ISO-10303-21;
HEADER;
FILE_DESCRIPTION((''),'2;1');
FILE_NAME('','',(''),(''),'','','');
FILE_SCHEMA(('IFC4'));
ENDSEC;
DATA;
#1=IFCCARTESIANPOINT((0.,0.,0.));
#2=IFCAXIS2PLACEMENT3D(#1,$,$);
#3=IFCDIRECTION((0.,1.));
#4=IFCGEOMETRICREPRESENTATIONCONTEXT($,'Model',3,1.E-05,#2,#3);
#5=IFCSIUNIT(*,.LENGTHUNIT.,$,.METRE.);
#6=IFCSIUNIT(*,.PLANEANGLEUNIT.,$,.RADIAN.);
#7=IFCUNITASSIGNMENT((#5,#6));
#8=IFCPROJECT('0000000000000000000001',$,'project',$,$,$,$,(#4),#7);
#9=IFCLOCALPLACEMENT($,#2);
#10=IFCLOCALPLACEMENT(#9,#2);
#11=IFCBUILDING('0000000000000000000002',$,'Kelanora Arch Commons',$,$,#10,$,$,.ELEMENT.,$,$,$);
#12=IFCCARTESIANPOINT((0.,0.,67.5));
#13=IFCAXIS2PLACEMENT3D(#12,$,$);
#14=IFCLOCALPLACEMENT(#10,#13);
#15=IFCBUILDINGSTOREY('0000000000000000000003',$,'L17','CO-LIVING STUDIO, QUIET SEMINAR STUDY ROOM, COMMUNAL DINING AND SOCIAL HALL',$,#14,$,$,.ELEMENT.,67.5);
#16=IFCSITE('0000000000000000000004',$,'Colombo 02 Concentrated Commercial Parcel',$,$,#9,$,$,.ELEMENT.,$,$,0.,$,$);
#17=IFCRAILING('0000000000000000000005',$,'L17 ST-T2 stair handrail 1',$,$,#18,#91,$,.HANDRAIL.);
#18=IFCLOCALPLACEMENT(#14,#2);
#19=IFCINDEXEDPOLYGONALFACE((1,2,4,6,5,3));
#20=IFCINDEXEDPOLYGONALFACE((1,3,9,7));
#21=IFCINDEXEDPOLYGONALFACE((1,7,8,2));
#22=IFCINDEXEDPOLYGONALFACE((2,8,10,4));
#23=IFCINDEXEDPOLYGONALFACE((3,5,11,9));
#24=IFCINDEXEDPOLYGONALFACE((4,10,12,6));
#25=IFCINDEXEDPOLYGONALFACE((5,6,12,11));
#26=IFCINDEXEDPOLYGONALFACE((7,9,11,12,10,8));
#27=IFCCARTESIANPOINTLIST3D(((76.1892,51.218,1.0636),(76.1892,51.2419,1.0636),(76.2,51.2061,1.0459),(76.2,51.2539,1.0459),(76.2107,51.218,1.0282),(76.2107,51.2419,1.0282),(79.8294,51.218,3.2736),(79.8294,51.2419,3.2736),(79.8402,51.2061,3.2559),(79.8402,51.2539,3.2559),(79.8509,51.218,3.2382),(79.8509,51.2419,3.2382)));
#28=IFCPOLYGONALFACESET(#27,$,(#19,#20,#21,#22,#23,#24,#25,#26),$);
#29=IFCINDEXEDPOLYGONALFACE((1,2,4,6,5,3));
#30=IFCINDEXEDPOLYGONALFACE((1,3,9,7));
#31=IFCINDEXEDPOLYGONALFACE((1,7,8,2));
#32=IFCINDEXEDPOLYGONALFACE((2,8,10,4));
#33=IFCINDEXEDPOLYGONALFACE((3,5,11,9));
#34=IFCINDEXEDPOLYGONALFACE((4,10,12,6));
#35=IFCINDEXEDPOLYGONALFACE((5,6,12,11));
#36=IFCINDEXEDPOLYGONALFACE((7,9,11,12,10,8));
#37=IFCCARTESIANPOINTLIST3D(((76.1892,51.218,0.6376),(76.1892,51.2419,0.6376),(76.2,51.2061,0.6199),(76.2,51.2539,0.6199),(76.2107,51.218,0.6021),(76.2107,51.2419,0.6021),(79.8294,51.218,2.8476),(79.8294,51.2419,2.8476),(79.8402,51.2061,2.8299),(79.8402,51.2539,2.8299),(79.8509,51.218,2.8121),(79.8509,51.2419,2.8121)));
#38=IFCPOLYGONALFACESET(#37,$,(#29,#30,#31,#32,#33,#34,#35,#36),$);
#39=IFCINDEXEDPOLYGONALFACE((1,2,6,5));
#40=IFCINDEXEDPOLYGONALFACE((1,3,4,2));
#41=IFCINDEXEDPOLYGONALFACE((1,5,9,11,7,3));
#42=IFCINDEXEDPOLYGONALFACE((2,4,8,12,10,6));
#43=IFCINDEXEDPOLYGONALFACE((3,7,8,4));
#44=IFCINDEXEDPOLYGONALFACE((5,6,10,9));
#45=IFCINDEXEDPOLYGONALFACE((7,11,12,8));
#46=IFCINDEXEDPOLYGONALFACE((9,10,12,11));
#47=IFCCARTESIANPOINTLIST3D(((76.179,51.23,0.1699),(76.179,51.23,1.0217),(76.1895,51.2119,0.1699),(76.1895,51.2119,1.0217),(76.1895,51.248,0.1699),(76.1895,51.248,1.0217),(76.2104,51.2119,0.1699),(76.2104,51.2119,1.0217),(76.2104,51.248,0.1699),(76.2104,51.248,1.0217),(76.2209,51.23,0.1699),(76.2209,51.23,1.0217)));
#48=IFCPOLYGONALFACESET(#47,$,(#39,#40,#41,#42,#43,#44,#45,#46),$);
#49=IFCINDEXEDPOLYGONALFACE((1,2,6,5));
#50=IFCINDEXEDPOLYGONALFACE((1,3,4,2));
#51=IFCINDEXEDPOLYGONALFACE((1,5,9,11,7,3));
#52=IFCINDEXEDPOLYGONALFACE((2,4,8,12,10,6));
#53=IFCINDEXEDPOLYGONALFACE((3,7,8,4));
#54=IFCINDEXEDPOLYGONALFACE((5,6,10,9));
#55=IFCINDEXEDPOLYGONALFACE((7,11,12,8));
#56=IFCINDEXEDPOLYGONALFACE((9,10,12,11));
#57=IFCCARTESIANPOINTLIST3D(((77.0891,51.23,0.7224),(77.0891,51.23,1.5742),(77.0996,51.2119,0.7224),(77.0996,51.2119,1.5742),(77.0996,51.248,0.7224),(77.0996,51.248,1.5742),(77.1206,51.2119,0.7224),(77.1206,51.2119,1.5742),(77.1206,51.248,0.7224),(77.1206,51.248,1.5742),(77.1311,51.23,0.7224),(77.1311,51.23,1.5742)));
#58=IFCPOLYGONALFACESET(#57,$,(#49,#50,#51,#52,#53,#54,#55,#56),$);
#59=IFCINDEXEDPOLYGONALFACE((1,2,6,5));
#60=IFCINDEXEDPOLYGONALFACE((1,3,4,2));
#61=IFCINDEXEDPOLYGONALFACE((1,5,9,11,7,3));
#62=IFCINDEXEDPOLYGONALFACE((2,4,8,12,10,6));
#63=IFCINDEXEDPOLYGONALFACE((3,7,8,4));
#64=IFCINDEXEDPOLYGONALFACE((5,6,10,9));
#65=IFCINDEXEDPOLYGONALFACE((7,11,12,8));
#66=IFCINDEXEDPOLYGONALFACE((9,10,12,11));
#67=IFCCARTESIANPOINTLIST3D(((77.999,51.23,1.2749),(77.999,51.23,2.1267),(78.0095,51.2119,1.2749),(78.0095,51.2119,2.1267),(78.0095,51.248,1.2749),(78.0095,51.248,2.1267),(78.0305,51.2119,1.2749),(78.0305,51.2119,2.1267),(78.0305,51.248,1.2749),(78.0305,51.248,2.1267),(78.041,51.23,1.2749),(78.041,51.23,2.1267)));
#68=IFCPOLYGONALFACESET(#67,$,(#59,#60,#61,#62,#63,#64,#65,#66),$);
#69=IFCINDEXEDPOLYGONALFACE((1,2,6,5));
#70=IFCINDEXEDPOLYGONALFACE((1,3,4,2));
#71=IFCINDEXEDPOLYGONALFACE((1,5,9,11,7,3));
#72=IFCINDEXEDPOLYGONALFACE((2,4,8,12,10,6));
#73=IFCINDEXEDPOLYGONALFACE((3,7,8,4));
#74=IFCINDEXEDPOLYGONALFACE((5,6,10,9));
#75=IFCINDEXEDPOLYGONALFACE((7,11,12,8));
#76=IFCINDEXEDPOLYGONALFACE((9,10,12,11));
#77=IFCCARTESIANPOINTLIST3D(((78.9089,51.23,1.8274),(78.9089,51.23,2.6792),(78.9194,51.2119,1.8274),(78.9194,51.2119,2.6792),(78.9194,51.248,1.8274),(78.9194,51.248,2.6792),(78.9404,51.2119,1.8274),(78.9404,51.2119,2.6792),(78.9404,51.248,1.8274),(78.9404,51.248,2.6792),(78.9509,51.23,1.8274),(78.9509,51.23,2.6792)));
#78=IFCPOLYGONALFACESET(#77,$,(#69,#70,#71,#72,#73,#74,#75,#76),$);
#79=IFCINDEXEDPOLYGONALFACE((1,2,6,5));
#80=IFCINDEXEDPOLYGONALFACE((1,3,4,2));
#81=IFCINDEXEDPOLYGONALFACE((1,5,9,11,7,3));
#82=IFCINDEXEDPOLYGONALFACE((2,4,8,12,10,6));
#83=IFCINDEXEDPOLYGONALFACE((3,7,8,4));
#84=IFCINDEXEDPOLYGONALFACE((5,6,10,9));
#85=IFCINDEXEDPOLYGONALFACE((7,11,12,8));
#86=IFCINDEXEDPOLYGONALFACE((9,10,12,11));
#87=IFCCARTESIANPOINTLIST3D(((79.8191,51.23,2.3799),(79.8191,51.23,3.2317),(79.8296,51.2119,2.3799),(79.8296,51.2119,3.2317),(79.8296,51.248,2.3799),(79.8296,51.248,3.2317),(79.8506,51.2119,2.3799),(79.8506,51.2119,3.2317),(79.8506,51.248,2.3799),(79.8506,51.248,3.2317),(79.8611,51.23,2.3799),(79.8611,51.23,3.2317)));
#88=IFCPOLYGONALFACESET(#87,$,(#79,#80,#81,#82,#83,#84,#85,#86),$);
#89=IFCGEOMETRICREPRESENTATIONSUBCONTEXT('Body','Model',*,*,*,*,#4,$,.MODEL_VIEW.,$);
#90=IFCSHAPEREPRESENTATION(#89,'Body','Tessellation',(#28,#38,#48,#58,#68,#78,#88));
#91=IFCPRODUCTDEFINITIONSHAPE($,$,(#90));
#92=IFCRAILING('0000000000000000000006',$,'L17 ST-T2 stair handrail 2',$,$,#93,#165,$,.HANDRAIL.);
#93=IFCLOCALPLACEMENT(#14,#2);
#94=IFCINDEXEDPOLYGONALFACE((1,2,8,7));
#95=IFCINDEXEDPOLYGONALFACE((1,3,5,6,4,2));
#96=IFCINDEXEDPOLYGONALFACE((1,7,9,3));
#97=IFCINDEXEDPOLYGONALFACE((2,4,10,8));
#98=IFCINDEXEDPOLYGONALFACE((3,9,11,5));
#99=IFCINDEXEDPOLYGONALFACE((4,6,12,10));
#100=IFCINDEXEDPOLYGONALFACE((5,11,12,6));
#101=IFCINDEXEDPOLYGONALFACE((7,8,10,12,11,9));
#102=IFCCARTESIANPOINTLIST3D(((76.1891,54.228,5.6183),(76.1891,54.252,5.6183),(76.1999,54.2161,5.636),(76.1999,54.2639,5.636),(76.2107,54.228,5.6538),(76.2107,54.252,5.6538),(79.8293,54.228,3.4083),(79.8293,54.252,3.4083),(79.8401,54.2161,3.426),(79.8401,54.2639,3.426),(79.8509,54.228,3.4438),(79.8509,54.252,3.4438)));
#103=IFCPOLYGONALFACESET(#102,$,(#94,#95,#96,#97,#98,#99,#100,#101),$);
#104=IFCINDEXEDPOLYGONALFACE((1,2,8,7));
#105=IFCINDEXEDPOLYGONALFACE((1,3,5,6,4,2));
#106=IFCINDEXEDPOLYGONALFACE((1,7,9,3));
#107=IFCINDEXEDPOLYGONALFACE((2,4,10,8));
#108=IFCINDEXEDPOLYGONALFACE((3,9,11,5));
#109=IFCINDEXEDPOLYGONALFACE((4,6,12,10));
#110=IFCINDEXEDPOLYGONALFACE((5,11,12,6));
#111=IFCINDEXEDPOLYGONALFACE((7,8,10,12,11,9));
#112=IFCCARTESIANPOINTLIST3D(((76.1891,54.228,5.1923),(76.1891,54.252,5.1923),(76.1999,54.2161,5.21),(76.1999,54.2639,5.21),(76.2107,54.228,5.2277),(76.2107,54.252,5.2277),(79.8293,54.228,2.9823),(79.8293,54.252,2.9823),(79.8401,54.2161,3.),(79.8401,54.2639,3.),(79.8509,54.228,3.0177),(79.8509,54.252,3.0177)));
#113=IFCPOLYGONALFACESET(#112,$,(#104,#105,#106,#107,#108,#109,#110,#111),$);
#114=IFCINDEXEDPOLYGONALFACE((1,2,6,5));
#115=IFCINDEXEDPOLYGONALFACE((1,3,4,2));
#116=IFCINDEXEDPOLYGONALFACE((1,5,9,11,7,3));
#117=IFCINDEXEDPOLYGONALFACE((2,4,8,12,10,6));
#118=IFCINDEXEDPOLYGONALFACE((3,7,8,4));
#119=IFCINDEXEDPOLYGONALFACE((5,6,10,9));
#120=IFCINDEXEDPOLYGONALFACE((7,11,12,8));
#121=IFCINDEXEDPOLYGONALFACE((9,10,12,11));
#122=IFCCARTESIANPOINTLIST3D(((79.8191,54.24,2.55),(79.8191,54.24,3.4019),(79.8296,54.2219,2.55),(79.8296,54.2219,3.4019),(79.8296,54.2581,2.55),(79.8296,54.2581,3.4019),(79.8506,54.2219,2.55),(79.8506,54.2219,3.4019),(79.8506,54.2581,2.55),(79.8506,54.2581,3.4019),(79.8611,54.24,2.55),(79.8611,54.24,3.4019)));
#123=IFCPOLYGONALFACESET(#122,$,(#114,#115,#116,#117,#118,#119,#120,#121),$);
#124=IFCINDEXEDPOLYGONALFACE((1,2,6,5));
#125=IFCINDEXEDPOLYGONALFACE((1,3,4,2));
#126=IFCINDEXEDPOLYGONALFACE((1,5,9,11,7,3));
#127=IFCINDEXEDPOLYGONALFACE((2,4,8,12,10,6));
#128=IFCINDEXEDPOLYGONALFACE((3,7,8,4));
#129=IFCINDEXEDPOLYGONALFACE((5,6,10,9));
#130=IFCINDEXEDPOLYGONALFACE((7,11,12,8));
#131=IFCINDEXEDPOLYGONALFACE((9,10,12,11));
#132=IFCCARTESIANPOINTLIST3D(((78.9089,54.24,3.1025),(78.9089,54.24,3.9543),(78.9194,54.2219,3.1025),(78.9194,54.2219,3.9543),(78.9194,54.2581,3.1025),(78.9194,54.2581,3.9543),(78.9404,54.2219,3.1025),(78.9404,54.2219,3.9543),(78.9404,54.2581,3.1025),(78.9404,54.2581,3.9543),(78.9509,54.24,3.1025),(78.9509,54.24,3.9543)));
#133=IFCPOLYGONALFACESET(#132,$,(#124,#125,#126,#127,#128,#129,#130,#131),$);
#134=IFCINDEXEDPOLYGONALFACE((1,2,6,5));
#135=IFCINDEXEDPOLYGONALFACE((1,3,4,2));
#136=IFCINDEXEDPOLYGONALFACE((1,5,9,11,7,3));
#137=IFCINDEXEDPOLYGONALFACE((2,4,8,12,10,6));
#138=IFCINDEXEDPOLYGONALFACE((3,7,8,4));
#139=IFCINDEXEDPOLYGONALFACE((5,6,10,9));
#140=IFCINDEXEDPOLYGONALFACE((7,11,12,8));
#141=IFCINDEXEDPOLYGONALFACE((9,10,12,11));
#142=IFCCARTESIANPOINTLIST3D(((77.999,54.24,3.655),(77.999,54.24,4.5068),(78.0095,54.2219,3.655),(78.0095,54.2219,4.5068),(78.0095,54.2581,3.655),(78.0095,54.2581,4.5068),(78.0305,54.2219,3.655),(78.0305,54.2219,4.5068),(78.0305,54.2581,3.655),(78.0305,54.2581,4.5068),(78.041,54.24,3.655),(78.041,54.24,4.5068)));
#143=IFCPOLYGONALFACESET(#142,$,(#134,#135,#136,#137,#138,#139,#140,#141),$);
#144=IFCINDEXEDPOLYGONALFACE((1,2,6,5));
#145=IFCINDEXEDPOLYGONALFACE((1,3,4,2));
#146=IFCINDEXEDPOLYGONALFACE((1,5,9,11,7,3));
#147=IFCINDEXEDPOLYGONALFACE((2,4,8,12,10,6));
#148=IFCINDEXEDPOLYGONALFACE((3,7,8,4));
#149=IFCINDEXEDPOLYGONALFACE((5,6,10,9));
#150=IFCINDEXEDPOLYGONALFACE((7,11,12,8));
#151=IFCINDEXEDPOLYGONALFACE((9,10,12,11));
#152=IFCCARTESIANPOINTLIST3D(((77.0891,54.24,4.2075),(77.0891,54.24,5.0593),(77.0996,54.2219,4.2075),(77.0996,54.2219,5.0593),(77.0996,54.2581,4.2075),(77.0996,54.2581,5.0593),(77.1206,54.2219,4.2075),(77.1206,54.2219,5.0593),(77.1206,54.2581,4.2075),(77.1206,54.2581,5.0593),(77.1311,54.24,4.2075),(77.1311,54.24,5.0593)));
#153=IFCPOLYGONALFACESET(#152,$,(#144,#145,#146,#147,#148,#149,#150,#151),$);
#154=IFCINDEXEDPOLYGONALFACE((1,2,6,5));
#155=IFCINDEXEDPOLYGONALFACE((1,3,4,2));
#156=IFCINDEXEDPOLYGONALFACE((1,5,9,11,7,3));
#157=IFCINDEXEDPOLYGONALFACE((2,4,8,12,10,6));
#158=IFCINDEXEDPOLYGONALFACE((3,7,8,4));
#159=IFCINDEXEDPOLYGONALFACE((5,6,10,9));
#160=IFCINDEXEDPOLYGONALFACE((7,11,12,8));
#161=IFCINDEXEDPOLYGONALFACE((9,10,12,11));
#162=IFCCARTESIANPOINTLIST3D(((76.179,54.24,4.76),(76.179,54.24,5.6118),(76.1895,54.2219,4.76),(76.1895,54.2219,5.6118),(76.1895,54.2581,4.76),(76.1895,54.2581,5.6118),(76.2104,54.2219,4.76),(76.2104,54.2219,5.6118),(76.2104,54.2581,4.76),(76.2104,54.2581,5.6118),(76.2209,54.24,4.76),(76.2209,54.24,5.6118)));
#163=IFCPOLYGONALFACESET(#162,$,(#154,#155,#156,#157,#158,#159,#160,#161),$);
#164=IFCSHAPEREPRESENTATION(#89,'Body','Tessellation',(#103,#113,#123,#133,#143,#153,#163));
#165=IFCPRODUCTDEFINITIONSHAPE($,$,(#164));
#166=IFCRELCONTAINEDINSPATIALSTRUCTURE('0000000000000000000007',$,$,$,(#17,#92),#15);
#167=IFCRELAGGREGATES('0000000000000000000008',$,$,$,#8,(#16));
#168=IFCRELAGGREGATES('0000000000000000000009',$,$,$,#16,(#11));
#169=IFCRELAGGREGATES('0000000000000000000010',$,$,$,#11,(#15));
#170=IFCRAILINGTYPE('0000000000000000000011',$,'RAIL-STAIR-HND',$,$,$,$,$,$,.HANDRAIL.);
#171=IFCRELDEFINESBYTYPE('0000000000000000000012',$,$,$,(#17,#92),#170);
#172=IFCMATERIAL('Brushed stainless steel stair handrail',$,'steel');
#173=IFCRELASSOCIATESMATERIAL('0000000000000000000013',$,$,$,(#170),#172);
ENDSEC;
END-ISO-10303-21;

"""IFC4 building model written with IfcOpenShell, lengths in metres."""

from ifc_helpers import new_model, si_unit, direction, frame, origin, place, context, subcontext, project, spatial, polyline, outline, extrude, material, type_object, element, save


model = new_model("IFC4")

# Units and contexts
model_context = context("Model", 3, precision=1e-05, world=origin(), true_north=direction((0.0, 1.0)))
body_context = subcontext(model_context, "Body", "Model", "MODEL_VIEW")
ifc_project = project(units=[si_unit("LENGTHUNIT", "METRE"), si_unit("PLANEANGLEUNIT", "RADIAN")], contexts=[model_context])

# Site, building, storey
site_placement = place(None, origin())
site = spatial("IfcSite", under=ifc_project, at=site_placement, Name="Colombo 02 Concentrated Commercial Parcel", CompositionType="ELEMENT", RefElevation=0.0)
building_placement = place(site_placement, origin())
building = spatial("IfcBuilding", under=site, at=building_placement, Name="Kelanora Arch Commons", CompositionType="ELEMENT")
storey_placement = place(building_placement, frame((0.0, 0.0, 67.5)))
storey = spatial("IfcBuildingStorey", under=building, at=storey_placement, Name="L17", Description="CO-LIVING STUDIO, QUIET SEMINAR STUDY ROOM, COMMUNAL DINING AND SOCIAL HALL", CompositionType="ELEMENT", Elevation=67.5)

# Railings
ifc_material_1 = material(Name="Brushed stainless steel stair handrail", Category="steel")
railing_type_1 = type_object("IfcRailingType", Name="RAIL-STAIR-HND", PredefinedType="HANDRAIL", material=ifc_material_1)
railing_1_placement = place(storey_placement, frame((76.2, 51.23, 0.1699)))
element("IfcRailing", 1, at=railing_1_placement, inside=storey, type_object=railing_type_1, Name="L17 ST-T2 stair handrail 1", PredefinedType="HANDRAIL", context=body_context, shape_type="SweptSolid", body=[
    extrude(outline(polyline([(0.0239, 0.0), (0.012, 0.0208), (-0.012, 0.0208), (-0.0239, 0.0), (-0.012, -0.0208), (0.012, -0.0208), (0.0239, 0.0)])), frame((0.0, 0.0, 0.876), z_axis=(0.8548, 0.0, 0.518957), x_axis=(0.0, 1.0, 0.0)), (0.0, 0.0, 1.0), 4.2585),
    extrude(outline(polyline([(0.0239, 0.0), (0.012, 0.0208), (-0.012, 0.0208), (-0.0239, 0.0), (-0.012, -0.0208), (0.012, -0.0208), (0.0239, 0.0)])), frame((0.0, 0.0, 0.45), z_axis=(0.8548, 0.0, 0.518957), x_axis=(0.0, 1.0, 0.0)), (0.0, 0.0, 1.0), 4.2585),
    extrude(outline(polyline([(0.021, 0.0), (0.0105, 0.0181), (-0.0105, 0.0181), (-0.021, 0.0), (-0.0105, -0.0181), (0.0105, -0.0181), (0.021, 0.0)])), origin(), (0.0, 0.0, 1.0), 0.8518),
    extrude(outline(polyline([(0.021, 0.0), (0.0105, 0.0181), (-0.0105, 0.0181), (-0.021, 0.0), (-0.0105, -0.0181), (0.0105, -0.0181), (0.021, 0.0)])), frame((0.9102, 0.0, 0.5525)), (0.0, 0.0, 1.0), 0.8518),
    extrude(outline(polyline([(0.021, 0.0), (0.0105, 0.0181), (-0.0105, 0.0181), (-0.021, 0.0), (-0.0105, -0.0181), (0.0105, -0.0181), (0.021, 0.0)])), frame((1.8201, 0.0, 1.105)), (0.0, 0.0, 1.0), 0.8518),
    extrude(outline(polyline([(0.021, 0.0), (0.0105, 0.0181), (-0.0105, 0.0181), (-0.021, 0.0), (-0.0105, -0.0181), (0.0105, -0.0181), (0.021, 0.0)])), frame((2.73, 0.0, 1.6575)), (0.0, 0.0, 1.0), 0.8518),
    extrude(outline(polyline([(0.021, 0.0), (0.0105, 0.0181), (-0.0105, 0.0181), (-0.021, 0.0), (-0.0105, -0.0181), (0.0105, -0.0181), (0.021, 0.0)])), frame((3.6401, 0.0, 2.21)), (0.0, 0.0, 1.0), 0.8518),
])
railing_2_placement = place(storey_placement, frame((79.8401, 54.24, 2.55)))
element("IfcRailing", 2, at=railing_2_placement, inside=storey, type_object=railing_type_1, Name="L17 ST-T2 stair handrail 2", PredefinedType="HANDRAIL", context=body_context, shape_type="SweptSolid", body=[
    extrude(outline(polyline([(0.0239, 0.0), (0.012, 0.0208), (-0.012, 0.0208), (-0.0239, 0.0), (-0.012, -0.0208), (0.012, -0.0208), (0.0239, 0.0)])), frame((0.0, 0.0, 0.876), z_axis=(-0.8548, 0.0, 0.518957), x_axis=(0.0, -1.0, 0.0)), (0.0, 0.0, 1.0), 4.2585),
    extrude(outline(polyline([(0.0239, 0.0), (0.012, 0.0208), (-0.012, 0.0208), (-0.0239, 0.0), (-0.012, -0.0208), (0.012, -0.0208), (0.0239, 0.0)])), frame((0.0, 0.0, 0.45), z_axis=(-0.8548, 0.0, 0.518957), x_axis=(0.0, -1.0, 0.0)), (0.0, 0.0, 1.0), 4.2585),
    extrude(outline(polyline([(0.021, 0.0), (0.0105, 0.0181), (-0.0105, 0.0181), (-0.021, 0.0), (-0.0105, -0.0181), (0.0105, -0.0181), (0.021, 0.0)])), origin(), (0.0, 0.0, 1.0), 0.8518),
    extrude(outline(polyline([(0.021, 0.0), (0.0105, 0.0181), (-0.0105, 0.0181), (-0.021, 0.0), (-0.0105, -0.0181), (0.0105, -0.0181), (0.021, 0.0)])), frame((-0.9102, 0.0, 0.5525)), (0.0, 0.0, 1.0), 0.8518),
    extrude(outline(polyline([(0.021, 0.0), (0.0105, 0.0181), (-0.0105, 0.0181), (-0.021, 0.0), (-0.0105, -0.0181), (0.0105, -0.0181), (0.021, 0.0)])), frame((-1.8201, 0.0, 1.105)), (0.0, 0.0, 1.0), 0.8518),
    extrude(outline(polyline([(0.021, 0.0), (0.0105, 0.0181), (-0.0105, 0.0181), (-0.021, 0.0), (-0.0105, -0.0181), (0.0105, -0.0181), (0.021, 0.0)])), frame((-2.73, 0.0, 1.6575)), (0.0, 0.0, 1.0), 0.8518),
    extrude(outline(polyline([(0.021, 0.0), (0.0105, 0.0181), (-0.0105, 0.0181), (-0.021, 0.0), (-0.0105, -0.0181), (0.0105, -0.0181), (0.021, 0.0)])), frame((-3.6401, 0.0, 2.21)), (0.0, 0.0, 1.0), 0.8518),
])

save(model, "model.ifc")
